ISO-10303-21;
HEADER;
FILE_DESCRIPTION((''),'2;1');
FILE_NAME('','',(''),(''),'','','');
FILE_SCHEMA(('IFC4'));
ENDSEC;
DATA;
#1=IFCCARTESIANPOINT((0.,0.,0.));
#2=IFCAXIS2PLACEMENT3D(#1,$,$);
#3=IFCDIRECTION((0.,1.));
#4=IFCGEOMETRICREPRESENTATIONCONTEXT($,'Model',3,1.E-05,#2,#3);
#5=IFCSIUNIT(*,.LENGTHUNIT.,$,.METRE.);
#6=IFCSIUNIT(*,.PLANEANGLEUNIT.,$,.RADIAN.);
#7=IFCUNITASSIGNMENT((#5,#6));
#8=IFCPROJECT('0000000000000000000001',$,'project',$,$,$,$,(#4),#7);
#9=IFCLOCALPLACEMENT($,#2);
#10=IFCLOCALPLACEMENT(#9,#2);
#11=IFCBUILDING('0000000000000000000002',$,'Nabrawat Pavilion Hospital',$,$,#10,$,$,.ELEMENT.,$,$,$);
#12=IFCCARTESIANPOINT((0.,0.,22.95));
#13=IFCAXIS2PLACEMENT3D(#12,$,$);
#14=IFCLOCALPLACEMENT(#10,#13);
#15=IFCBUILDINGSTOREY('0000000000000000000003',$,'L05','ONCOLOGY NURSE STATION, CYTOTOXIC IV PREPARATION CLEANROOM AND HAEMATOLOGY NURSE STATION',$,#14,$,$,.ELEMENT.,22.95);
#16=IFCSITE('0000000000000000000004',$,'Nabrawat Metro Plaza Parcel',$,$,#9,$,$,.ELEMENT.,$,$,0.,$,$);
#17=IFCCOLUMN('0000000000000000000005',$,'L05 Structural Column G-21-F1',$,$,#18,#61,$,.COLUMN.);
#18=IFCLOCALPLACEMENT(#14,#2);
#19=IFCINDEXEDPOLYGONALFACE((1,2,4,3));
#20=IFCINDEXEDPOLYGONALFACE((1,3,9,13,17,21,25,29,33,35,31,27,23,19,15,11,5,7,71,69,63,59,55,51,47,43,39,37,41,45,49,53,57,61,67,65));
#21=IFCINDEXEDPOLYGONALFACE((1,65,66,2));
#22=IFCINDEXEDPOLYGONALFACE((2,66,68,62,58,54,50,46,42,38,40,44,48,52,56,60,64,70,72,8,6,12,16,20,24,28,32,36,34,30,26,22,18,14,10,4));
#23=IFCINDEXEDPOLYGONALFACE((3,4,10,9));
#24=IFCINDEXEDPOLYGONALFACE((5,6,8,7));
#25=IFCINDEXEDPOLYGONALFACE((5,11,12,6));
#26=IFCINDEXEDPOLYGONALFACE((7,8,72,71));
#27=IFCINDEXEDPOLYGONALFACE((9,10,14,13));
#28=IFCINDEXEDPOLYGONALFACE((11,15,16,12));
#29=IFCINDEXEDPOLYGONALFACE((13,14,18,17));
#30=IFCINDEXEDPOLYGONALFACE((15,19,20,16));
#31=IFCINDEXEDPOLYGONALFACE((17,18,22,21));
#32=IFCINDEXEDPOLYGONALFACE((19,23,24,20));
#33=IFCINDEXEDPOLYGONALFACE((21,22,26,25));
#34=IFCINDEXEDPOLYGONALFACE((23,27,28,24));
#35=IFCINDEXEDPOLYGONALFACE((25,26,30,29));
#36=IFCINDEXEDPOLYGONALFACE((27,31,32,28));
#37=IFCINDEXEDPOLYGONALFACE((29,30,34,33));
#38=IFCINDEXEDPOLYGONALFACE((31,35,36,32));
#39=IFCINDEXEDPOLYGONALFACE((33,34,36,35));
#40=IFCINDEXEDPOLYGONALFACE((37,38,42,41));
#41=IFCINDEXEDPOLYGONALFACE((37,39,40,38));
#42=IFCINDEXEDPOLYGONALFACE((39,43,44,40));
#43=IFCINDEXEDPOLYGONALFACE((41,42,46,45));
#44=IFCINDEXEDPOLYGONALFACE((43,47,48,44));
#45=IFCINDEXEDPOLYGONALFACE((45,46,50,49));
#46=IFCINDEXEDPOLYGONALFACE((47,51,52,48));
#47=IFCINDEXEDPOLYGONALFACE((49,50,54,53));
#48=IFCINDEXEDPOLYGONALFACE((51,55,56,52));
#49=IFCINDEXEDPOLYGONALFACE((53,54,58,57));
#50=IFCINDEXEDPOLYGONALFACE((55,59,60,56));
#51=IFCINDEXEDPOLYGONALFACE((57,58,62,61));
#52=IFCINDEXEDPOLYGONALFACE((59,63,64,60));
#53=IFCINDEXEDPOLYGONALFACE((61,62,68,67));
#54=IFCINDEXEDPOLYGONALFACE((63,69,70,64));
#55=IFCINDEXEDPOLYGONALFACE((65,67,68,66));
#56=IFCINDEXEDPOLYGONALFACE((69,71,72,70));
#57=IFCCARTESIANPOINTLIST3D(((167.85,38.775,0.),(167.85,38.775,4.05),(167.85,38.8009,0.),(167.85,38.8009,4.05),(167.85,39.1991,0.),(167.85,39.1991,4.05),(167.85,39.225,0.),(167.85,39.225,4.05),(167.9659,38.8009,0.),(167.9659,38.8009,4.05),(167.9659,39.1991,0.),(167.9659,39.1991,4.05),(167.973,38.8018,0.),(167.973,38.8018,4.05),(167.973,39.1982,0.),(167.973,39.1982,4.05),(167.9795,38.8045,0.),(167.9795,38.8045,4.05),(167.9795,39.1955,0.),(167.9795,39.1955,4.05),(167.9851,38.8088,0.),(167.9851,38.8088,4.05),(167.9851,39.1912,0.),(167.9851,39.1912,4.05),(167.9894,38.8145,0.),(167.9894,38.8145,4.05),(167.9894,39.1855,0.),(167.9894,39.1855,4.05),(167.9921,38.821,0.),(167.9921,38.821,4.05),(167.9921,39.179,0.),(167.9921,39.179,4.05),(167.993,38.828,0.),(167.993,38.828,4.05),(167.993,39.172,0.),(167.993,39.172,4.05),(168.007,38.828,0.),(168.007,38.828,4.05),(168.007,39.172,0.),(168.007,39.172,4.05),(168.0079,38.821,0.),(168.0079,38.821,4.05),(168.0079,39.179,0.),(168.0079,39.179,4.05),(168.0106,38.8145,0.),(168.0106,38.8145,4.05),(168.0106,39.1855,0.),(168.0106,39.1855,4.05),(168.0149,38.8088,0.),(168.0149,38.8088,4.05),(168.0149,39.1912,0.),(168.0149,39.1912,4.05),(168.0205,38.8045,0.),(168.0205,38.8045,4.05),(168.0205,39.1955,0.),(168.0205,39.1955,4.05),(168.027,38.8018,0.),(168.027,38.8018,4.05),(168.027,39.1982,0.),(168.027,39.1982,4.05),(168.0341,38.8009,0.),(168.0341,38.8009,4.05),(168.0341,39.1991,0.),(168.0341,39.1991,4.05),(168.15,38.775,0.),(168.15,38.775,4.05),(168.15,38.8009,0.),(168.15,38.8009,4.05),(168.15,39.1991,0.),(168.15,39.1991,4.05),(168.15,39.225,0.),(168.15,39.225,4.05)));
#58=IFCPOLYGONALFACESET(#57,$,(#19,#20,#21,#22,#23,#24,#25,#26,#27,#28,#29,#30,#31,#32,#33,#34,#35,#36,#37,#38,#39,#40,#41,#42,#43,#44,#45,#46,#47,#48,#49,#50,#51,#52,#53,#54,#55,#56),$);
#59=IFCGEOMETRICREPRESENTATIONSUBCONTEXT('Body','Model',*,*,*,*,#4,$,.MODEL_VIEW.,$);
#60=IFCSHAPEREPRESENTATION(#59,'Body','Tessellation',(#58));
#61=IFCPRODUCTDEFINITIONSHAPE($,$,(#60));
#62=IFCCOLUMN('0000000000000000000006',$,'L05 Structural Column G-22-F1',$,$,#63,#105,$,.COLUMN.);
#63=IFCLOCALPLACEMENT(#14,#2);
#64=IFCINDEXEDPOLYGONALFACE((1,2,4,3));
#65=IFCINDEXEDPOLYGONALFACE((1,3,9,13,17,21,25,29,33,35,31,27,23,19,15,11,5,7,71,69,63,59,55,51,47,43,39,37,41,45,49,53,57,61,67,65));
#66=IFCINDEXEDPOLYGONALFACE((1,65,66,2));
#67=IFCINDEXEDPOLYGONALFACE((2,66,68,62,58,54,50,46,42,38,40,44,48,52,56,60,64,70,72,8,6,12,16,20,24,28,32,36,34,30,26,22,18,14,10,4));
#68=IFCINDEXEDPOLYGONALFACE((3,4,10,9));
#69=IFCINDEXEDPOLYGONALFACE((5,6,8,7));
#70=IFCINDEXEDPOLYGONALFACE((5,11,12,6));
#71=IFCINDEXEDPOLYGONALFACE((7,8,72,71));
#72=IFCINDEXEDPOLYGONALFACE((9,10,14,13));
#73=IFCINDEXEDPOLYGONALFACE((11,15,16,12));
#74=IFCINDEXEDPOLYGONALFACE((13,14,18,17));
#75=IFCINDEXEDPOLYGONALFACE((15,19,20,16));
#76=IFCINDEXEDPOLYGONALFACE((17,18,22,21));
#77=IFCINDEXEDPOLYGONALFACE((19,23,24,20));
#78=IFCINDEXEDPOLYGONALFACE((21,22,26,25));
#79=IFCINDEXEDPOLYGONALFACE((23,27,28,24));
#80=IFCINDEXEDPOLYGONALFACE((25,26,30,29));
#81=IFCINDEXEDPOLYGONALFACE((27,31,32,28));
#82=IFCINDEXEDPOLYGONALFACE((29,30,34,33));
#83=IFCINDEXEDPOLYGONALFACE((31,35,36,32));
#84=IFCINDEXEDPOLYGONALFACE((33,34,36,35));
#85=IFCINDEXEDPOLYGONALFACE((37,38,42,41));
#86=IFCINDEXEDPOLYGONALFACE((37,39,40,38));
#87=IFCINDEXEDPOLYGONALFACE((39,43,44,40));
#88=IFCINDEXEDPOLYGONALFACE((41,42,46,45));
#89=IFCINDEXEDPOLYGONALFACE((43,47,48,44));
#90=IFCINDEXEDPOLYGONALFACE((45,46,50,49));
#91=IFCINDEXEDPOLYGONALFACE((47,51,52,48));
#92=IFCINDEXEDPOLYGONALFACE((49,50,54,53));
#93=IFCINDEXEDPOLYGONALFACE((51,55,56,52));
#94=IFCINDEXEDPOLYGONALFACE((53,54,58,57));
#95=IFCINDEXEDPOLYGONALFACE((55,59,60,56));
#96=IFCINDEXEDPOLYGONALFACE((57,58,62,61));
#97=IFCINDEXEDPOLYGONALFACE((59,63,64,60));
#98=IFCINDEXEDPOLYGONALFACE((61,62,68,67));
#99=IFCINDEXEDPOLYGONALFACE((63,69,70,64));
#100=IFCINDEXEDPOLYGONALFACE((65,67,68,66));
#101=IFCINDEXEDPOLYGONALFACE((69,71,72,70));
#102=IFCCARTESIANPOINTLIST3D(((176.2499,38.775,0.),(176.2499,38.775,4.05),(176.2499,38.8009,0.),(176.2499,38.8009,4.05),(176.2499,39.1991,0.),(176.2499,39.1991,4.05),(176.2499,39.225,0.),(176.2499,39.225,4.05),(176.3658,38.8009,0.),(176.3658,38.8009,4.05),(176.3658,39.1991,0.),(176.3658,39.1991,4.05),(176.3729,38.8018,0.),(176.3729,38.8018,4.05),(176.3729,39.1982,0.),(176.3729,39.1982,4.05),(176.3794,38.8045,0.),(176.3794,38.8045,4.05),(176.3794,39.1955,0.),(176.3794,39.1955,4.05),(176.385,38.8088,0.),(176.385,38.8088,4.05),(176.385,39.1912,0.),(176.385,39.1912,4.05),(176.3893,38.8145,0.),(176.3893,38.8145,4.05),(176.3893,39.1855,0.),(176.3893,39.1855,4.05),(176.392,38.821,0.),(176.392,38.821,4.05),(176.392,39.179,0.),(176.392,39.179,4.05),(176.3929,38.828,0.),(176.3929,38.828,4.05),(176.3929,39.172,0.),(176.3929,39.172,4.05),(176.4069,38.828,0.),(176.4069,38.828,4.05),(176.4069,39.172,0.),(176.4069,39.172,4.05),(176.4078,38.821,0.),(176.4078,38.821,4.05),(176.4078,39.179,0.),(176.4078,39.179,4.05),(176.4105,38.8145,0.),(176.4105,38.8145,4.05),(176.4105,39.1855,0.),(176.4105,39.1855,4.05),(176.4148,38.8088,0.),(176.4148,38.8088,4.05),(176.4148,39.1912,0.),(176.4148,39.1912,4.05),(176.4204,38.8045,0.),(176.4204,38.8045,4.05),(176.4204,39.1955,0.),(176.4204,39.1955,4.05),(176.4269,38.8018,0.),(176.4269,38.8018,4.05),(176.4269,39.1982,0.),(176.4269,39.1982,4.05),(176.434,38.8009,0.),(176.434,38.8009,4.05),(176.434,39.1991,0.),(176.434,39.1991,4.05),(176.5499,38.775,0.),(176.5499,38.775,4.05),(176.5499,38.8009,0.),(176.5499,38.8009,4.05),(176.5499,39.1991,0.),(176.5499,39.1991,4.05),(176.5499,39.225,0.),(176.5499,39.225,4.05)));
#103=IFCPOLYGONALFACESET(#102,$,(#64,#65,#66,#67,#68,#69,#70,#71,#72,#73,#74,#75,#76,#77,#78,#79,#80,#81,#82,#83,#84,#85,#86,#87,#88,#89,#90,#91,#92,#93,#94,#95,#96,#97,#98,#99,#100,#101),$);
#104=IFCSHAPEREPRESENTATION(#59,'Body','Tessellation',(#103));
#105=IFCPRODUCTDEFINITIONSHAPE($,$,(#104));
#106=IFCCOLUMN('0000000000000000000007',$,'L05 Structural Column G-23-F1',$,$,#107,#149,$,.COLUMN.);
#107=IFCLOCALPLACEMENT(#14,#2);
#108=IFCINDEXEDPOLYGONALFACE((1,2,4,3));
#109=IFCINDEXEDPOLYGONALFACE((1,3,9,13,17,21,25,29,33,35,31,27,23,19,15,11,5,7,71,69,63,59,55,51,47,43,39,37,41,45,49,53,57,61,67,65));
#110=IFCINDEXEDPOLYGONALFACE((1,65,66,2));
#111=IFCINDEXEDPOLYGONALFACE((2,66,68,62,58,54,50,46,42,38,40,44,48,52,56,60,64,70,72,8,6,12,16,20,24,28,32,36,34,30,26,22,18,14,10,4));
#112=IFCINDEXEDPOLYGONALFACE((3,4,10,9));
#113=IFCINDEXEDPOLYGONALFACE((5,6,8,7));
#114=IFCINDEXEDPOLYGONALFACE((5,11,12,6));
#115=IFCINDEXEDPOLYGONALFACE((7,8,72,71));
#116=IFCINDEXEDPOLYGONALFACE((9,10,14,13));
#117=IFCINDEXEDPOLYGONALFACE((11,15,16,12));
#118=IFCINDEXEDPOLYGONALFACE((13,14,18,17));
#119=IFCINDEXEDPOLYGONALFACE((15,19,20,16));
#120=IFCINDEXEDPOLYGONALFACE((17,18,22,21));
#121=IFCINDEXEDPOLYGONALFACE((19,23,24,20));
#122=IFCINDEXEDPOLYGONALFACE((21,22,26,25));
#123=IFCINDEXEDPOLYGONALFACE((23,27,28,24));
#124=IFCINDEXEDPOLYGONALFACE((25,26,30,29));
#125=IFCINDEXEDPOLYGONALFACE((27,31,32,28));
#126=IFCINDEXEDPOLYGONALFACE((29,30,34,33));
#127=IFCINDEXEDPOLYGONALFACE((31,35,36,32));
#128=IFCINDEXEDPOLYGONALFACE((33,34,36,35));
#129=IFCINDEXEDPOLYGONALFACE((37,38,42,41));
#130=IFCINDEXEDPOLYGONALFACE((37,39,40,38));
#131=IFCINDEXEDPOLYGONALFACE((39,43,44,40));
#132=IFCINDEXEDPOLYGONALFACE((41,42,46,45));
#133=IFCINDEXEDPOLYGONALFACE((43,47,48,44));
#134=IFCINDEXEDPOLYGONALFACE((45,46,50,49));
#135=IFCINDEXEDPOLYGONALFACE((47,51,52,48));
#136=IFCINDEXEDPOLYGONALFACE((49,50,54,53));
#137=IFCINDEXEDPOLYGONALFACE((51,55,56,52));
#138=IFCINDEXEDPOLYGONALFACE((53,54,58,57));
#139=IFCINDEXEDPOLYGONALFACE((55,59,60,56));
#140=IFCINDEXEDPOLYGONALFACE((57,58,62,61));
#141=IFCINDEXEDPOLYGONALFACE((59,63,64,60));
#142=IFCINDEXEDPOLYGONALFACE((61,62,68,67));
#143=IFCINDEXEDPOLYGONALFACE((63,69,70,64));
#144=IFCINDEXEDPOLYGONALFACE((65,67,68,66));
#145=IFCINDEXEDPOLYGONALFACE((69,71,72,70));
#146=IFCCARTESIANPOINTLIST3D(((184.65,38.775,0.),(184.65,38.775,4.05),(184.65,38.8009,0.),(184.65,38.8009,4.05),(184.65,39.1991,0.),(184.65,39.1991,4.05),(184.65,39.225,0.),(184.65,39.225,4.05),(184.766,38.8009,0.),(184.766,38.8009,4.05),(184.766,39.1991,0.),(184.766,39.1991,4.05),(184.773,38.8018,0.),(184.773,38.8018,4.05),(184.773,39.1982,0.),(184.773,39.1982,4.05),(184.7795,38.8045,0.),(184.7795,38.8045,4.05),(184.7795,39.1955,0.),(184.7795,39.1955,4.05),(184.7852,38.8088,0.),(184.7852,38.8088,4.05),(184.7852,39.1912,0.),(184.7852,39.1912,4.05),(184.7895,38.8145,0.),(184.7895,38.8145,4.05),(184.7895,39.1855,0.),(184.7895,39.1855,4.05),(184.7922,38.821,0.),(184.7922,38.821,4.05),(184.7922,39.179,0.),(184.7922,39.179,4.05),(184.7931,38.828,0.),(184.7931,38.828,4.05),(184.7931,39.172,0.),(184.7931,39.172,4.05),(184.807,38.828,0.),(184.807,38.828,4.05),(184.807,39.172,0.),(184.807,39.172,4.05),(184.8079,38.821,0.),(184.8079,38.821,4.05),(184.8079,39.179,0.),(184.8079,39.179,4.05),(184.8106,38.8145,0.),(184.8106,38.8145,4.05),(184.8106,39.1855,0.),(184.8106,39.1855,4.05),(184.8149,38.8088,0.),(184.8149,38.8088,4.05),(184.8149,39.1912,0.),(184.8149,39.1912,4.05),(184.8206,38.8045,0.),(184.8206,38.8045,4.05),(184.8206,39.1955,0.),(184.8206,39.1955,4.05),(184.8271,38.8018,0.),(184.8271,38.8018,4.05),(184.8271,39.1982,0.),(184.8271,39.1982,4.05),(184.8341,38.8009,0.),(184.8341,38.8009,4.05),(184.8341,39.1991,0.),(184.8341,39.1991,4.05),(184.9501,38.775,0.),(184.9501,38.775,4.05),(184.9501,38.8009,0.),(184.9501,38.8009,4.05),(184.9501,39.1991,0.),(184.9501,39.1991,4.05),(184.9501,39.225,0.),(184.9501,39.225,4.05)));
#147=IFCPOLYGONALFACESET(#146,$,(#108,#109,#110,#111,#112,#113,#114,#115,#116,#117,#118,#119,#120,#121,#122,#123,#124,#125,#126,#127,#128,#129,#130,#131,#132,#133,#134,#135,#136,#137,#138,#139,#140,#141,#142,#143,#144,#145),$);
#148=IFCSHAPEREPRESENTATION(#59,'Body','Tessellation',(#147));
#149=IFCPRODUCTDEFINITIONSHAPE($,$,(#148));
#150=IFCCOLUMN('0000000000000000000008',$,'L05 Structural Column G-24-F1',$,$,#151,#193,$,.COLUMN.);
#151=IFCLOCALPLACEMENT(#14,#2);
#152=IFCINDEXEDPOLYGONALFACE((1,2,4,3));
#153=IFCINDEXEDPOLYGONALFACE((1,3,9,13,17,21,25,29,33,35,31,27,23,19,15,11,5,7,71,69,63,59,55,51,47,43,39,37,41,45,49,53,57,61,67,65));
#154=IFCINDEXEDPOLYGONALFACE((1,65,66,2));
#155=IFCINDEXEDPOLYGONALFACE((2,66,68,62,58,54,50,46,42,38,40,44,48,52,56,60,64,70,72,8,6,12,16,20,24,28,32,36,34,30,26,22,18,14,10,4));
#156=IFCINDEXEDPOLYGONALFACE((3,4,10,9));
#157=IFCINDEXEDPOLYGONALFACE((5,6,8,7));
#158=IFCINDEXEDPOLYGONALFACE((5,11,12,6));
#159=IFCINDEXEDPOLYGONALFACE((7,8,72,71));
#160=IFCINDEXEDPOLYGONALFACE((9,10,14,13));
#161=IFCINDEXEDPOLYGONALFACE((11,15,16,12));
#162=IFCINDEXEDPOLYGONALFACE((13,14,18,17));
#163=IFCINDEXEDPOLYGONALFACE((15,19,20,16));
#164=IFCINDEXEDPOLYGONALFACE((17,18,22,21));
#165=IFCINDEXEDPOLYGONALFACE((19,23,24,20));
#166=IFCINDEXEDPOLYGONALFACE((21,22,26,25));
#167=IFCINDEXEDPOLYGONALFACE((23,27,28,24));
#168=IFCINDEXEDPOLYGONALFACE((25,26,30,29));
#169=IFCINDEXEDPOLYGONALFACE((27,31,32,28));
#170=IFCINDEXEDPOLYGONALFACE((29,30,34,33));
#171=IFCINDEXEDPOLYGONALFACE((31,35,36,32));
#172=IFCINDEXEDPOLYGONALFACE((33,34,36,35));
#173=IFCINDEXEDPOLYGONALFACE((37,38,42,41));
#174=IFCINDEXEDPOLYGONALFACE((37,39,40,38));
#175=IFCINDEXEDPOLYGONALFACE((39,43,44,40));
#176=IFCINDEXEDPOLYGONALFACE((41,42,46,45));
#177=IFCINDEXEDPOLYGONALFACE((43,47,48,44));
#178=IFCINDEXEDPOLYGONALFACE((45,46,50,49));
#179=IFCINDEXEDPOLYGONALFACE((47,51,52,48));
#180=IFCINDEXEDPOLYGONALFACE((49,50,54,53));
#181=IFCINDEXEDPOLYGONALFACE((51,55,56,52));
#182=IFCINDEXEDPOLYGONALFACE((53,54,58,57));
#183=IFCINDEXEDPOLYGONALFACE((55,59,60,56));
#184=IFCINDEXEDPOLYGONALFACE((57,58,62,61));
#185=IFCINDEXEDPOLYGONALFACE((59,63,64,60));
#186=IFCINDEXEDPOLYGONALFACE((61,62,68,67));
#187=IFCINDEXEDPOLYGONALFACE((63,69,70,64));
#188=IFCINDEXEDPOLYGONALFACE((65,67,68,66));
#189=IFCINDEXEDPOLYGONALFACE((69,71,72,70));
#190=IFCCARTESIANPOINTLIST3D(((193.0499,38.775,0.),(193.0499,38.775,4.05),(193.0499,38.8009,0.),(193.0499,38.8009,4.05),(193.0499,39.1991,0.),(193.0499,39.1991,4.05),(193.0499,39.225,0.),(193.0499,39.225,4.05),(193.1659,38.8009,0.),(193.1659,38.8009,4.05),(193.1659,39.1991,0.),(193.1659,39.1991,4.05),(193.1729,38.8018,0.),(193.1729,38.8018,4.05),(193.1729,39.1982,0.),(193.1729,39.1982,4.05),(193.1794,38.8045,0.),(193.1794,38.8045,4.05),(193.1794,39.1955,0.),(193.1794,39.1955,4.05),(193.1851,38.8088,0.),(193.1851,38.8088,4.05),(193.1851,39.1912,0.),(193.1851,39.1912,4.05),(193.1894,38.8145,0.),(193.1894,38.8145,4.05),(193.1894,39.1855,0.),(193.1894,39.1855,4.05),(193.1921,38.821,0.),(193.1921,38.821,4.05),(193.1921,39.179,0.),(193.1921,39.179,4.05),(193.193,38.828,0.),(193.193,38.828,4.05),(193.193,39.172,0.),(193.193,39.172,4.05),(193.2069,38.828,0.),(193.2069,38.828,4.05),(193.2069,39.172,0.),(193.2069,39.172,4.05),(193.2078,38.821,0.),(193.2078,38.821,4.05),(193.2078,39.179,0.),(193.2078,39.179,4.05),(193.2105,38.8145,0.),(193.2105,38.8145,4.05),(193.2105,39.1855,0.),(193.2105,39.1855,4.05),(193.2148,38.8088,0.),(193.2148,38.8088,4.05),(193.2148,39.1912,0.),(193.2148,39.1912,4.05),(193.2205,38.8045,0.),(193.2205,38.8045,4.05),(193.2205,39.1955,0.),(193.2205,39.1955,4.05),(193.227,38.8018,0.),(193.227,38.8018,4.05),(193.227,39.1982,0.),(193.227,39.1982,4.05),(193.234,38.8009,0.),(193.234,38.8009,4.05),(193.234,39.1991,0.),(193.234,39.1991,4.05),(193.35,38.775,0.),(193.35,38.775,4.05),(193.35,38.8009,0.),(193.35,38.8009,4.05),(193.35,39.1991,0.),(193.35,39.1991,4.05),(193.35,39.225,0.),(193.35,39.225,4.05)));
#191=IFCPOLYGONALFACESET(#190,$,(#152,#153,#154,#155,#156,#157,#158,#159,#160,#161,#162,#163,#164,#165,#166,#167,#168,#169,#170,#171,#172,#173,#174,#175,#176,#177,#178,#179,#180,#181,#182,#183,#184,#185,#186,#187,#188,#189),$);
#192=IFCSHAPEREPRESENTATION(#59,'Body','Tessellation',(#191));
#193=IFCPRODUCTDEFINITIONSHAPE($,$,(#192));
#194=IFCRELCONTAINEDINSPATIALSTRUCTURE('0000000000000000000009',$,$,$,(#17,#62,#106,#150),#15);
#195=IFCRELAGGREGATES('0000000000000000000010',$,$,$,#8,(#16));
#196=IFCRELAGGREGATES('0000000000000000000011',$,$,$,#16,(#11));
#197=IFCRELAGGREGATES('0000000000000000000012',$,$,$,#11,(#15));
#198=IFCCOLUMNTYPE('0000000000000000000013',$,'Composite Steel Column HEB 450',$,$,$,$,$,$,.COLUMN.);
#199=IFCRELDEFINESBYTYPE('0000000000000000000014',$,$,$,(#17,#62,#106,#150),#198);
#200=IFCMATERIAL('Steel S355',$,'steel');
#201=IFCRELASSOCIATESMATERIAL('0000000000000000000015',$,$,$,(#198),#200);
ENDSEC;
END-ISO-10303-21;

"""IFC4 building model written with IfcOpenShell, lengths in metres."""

from ifc_helpers import new_model, si_unit, direction, frame, origin, origin_2d, place, context, subcontext, project, spatial, i_section, extrude, material, material_profile, profile_set, type_object, element, save


model = new_model("IFC4")

# Units and contexts
model_context = context("Model", 3, precision=1e-05, world=origin(), true_north=direction((0.0, 1.0)))
body_context = subcontext(model_context, "Body", "Model", "MODEL_VIEW")
ifc_project = project(units=[si_unit("LENGTHUNIT", "METRE"), si_unit("PLANEANGLEUNIT", "RADIAN")], contexts=[model_context])

# Site, building, storey
site_placement = place(None, origin())
site = spatial("IfcSite", under=ifc_project, at=site_placement, Name="Nabrawat Metro Plaza Parcel", CompositionType="ELEMENT", RefElevation=0.0)
building_placement = place(site_placement, origin())
building = spatial("IfcBuilding", under=site, at=building_placement, Name="Nabrawat Pavilion Hospital", CompositionType="ELEMENT")
storey_placement = place(building_placement, frame((0.0, 0.0, 22.95)))
storey = spatial("IfcBuildingStorey", under=building, at=storey_placement, Name="L05", Description="ONCOLOGY NURSE STATION, CYTOTOXIC IV PREPARATION CLEANROOM AND HAEMATOLOGY NURSE STATION", CompositionType="ELEMENT", Elevation=22.95)

# Columns
ifc_material_1 = material(Name="Steel S355", Category="steel")
ifc_material_profile_1 = material_profile(ifc_material_1, i_section(OverallWidth=0.3, OverallDepth=0.45, WebThickness=0.0139, FlangeThickness=0.0259, FilletRadius=0.0271, at=origin_2d()), Name="HEB 450")
ifc_profile_set_1 = profile_set([ifc_material_profile_1], Name="Steel S355")
column_type = type_object("IfcColumnType", Name="Composite Steel Column HEB 450", PredefinedType="COLUMN", material=ifc_profile_set_1)
for number, where, z_axis, x_axis, name in (
    (1, (168.0, 39.0, 0.0), (0.0, 0.0, 1.0), (1.0, 0.0, 0.0), "L05 Structural Column G-21-F1"),
    (2, (176.3999, 39.0, 0.0), (0.0, 0.0, 1.0), (1.0, 0.0, 0.0), "L05 Structural Column G-22-F1"),
    (3, (184.8, 39.0, 0.0), (0.0, 0.0, 1.0), (1.0, 0.0, 0.0), "L05 Structural Column G-23-F1"),
    (4, (193.2, 39.0, 0.0), (0.0, 0.0, 1.0), (1.0, 0.0, 0.0), "L05 Structural Column G-24-F1"),
):
    element("IfcColumn", number, at=place(storey_placement, frame(where, z_axis=z_axis, x_axis=x_axis)), inside=storey, type_object=column_type, Name=name, PredefinedType="COLUMN", context=body_context, shape_type="SweptSolid", body=[
        extrude(i_section(OverallWidth=0.3, OverallDepth=0.45, WebThickness=0.0139, FlangeThickness=0.0259, FilletRadius=0.0271, at=origin_2d()), origin(), (0.0, 0.0, 1.0), 4.05),
    ])

save(model, "model.ifc")
